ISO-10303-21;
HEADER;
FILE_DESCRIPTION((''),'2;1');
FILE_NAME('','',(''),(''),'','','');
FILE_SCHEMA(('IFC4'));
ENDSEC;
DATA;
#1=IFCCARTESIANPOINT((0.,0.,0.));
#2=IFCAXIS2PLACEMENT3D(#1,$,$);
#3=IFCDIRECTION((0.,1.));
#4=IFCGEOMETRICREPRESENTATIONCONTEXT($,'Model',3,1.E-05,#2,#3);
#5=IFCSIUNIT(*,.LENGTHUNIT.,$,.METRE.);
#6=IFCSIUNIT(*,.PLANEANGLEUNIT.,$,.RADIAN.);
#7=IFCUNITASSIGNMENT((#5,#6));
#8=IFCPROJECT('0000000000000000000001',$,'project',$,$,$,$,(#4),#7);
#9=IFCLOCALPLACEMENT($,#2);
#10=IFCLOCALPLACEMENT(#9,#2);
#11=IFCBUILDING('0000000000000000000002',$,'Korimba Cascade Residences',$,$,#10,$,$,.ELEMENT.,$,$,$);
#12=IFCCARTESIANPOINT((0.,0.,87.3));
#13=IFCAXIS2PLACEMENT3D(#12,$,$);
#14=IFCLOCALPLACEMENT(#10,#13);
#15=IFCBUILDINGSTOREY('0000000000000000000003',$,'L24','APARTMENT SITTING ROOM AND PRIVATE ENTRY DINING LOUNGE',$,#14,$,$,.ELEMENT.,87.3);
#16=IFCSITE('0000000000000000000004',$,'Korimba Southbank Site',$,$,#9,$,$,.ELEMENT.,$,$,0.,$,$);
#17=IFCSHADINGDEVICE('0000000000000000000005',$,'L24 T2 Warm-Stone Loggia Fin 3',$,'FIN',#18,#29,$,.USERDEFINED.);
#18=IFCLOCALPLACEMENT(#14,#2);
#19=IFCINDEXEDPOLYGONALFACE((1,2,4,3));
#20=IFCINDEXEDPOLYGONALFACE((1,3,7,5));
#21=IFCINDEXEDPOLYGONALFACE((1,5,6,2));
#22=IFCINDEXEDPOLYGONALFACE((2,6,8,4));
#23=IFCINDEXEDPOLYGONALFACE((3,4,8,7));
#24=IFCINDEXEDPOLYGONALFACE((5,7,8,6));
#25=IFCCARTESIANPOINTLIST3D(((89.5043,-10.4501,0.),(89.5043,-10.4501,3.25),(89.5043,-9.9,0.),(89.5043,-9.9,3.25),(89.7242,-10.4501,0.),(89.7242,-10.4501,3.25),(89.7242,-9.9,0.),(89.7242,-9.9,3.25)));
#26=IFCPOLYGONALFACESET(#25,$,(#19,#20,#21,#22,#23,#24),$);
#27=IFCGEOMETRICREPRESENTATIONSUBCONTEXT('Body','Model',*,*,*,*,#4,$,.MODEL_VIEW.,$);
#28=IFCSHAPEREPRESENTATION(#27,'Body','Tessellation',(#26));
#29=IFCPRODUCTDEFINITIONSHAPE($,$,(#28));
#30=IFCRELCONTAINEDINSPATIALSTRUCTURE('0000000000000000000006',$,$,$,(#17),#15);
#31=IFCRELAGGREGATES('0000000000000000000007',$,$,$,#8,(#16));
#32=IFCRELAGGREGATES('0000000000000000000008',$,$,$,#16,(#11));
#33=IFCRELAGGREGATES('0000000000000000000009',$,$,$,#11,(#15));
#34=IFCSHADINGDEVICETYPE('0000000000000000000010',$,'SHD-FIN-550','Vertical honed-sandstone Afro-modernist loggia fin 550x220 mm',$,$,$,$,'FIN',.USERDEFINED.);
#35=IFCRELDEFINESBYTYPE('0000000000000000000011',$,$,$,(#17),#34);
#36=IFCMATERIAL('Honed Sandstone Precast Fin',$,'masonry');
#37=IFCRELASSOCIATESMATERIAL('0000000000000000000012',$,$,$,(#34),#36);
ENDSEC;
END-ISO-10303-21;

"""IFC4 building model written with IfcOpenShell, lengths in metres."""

from ifc_helpers import new_model, si_unit, direction, frame, origin, origin_2d, place, context, subcontext, project, spatial, rectangle, extrude, material, type_object, element, save


model = new_model("IFC4")

# Units and contexts
model_context = context("Model", 3, precision=1e-05, world=origin(), true_north=direction((0.0, 1.0)))
body_context = subcontext(model_context, "Body", "Model", "MODEL_VIEW")
ifc_project = project(units=[si_unit("LENGTHUNIT", "METRE"), si_unit("PLANEANGLEUNIT", "RADIAN")], contexts=[model_context])

# Site, building, storey
site_placement = place(None, origin())
site = spatial("IfcSite", under=ifc_project, at=site_placement, Name="Korimba Southbank Site", CompositionType="ELEMENT", RefElevation=0.0)
building_placement = place(site_placement, origin())
building = spatial("IfcBuilding", under=site, at=building_placement, Name="Korimba Cascade Residences", CompositionType="ELEMENT")
storey_placement = place(building_placement, frame((0.0, 0.0, 87.3)))
storey = spatial("IfcBuildingStorey", under=building, at=storey_placement, Name="L24", Description="APARTMENT SITTING ROOM AND PRIVATE ENTRY DINING LOUNGE", CompositionType="ELEMENT", Elevation=87.3)

# Shading device
ifc_material_1 = material(Name="Honed Sandstone Precast Fin", Category="masonry")
shading_device_type = type_object("IfcShadingDeviceType", Name="SHD-FIN-550", Description="Vertical honed-sandstone Afro-modernist loggia fin 550x220 mm", ElementType="FIN", PredefinedType="USERDEFINED", material=ifc_material_1)
for number, where, z_axis, x_axis, name in (
    (1, (89.6143, -10.175, 0.0), (0.0, 0.0, 1.0), (1.0, 0.0, 0.0), "L24 T2 Warm-Stone Loggia Fin 3"),
):
    element("IfcShadingDevice", number, at=place(storey_placement, frame(where, z_axis=z_axis, x_axis=x_axis)), inside=storey, type_object=shading_device_type, Name=name, ObjectType="FIN", PredefinedType="USERDEFINED", context=body_context, shape_type="SweptSolid", body=[
        extrude(rectangle(XDim=0.22, YDim=0.55, at=origin_2d()), origin(), (0.0, 0.0, 1.0), 3.25),
    ])

save(model, "model.ifc")
